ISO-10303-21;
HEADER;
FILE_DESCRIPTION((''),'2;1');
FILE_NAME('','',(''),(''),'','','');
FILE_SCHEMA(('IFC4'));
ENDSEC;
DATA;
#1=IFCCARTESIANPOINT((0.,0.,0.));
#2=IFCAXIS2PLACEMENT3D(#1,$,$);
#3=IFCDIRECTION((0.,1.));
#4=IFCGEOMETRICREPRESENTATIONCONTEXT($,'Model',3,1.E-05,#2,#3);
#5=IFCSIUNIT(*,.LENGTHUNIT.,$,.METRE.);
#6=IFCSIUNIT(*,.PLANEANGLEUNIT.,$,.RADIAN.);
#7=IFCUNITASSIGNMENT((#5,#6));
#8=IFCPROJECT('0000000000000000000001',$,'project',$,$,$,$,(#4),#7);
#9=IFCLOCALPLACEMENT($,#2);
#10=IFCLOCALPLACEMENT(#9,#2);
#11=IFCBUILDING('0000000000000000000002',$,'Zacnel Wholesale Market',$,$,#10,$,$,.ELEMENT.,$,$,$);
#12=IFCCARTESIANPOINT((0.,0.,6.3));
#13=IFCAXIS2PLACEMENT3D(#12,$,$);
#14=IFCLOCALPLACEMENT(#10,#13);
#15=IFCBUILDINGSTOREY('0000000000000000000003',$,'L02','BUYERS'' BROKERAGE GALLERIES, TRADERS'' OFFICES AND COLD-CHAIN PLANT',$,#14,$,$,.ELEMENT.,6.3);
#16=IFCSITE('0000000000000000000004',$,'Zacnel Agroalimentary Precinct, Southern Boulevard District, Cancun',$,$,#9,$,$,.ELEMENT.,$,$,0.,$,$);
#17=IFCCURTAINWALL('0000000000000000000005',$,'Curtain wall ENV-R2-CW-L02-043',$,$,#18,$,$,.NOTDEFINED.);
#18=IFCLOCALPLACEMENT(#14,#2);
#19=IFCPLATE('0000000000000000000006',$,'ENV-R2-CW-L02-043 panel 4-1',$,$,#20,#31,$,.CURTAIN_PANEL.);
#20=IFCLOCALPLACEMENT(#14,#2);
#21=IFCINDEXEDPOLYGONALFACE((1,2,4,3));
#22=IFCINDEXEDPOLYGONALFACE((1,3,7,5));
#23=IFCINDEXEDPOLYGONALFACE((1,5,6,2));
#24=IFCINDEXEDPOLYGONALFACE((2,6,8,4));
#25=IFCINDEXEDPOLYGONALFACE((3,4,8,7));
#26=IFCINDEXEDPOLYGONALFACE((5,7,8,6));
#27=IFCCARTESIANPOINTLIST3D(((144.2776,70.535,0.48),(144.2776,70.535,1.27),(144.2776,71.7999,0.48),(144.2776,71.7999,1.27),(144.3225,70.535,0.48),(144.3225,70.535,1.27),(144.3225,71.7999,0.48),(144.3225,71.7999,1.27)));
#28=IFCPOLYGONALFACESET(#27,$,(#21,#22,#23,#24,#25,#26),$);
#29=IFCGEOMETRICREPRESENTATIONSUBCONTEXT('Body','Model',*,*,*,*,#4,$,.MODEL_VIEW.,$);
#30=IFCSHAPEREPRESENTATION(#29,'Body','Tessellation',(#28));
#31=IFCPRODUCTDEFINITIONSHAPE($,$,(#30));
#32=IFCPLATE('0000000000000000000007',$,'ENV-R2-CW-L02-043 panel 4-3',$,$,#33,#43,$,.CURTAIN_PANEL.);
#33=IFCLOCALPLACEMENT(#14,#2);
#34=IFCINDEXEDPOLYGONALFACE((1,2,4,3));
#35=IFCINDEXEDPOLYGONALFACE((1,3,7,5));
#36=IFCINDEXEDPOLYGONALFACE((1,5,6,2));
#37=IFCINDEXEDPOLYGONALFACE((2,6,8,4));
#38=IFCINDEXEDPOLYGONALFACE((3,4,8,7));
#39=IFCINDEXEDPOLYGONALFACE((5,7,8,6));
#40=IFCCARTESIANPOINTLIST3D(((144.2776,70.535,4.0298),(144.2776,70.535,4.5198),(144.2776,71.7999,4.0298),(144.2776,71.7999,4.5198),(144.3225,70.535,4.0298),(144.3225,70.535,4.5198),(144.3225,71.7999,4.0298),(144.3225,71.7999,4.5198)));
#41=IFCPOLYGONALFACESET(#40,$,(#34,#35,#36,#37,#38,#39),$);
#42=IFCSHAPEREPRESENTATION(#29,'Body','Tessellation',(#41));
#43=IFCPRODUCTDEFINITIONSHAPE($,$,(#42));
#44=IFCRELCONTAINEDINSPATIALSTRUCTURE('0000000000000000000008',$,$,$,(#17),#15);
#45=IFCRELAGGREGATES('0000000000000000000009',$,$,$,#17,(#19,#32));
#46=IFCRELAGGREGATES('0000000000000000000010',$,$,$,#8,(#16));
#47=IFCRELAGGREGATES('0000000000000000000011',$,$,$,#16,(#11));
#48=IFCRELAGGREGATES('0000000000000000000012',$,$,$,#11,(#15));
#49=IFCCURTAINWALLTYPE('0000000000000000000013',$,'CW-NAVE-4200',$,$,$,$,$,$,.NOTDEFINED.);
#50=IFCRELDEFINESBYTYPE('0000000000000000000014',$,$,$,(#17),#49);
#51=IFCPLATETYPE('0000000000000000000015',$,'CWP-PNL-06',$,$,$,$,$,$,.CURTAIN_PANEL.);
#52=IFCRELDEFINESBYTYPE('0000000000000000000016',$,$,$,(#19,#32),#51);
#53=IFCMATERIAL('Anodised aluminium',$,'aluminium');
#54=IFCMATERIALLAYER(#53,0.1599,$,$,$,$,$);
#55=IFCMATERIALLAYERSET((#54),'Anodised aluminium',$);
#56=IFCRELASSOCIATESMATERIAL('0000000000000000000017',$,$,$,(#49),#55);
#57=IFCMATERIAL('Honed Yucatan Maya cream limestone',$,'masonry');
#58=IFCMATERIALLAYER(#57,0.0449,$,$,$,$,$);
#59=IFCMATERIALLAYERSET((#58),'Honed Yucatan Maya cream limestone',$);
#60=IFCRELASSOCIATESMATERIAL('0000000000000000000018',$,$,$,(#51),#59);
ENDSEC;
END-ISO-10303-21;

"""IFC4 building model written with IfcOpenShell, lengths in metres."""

from ifc_helpers import new_model, si_unit, direction, frame, origin, origin_2d, place, context, subcontext, project, spatial, rectangle, extrude, material, layer, layer_set, type_object, element, aggregate, save


model = new_model("IFC4")

# Units and contexts
model_context = context("Model", 3, precision=1e-05, world=origin(), true_north=direction((0.0, 1.0)))
body_context = subcontext(model_context, "Body", "Model", "MODEL_VIEW")
ifc_project = project(units=[si_unit("LENGTHUNIT", "METRE"), si_unit("PLANEANGLEUNIT", "RADIAN")], contexts=[model_context])

# Site, building, storey
site_placement = place(None, origin())
site = spatial("IfcSite", under=ifc_project, at=site_placement, Name="Zacnel Agroalimentary Precinct, Southern Boulevard District, Cancun", CompositionType="ELEMENT", RefElevation=0.0)
building_placement = place(site_placement, origin())
building = spatial("IfcBuilding", under=site, at=building_placement, Name="Zacnel Wholesale Market", CompositionType="ELEMENT")
storey_placement = place(building_placement, frame((0.0, 0.0, 6.3)))
storey = spatial("IfcBuildingStorey", under=building, at=storey_placement, Name="L02", Description="BUYERS' BROKERAGE GALLERIES, TRADERS' OFFICES AND COLD-CHAIN PLANT", CompositionType="ELEMENT", Elevation=6.3)

# Curtain wall, plates
ifc_material_1 = material(Name="Anodised aluminium", Category="aluminium")
ifc_layer_1 = layer(ifc_material_1, 0.1599)
ifc_layer_set_1 = layer_set([ifc_layer_1], Name="Anodised aluminium")
curtain_wall_type = type_object("IfcCurtainWallType", Name="CW-NAVE-4200", PredefinedType="NOTDEFINED", material=ifc_layer_set_1)
curtain_wall_placement = place(storey_placement, origin())
curtain_wall = element("IfcCurtainWall", 1, at=curtain_wall_placement, inside=storey, type_object=curtain_wall_type, Name="Curtain wall ENV-R2-CW-L02-043", PredefinedType="NOTDEFINED")
ifc_material_2 = material(Name="Honed Yucatan Maya cream limestone", Category="masonry")
ifc_layer_2 = layer(ifc_material_2, 0.0449)
ifc_layer_set_2 = layer_set([ifc_layer_2], Name="Honed Yucatan Maya cream limestone")
plate_type_1 = type_object("IfcPlateType", Name="CWP-PNL-06", PredefinedType="CURTAIN_PANEL", material=ifc_layer_set_2)
plate_1_placement = place(storey_placement, frame((144.3, 71.1675, 0.48), z_axis=(0.0, 0.0, 1.0), x_axis=(0.0, 1.0, 0.0)))
plate_1 = element("IfcPlate", 2, at=plate_1_placement, type_object=plate_type_1, Name="ENV-R2-CW-L02-043 panel 4-1", PredefinedType="CURTAIN_PANEL", context=body_context, shape_type="SweptSolid", body=[
    extrude(rectangle(XDim=1.2649, YDim=0.0449, at=origin_2d()), origin(), (0.0, 0.0, 1.0), 0.79),
])
plate_2_placement = place(storey_placement, frame((144.3, 71.1675, 4.0298), z_axis=(0.0, 0.0, 1.0), x_axis=(0.0, 1.0, 0.0)))
plate_2 = element("IfcPlate", 3, at=plate_2_placement, type_object=plate_type_1, Name="ENV-R2-CW-L02-043 panel 4-3", PredefinedType="CURTAIN_PANEL", context=body_context, shape_type="SweptSolid", body=[
    extrude(rectangle(XDim=1.2649, YDim=0.0449, at=origin_2d()), origin(), (0.0, 0.0, 1.0), 0.49),
])
aggregate(curtain_wall, [plate_1, plate_2])

save(model, "model.ifc")
